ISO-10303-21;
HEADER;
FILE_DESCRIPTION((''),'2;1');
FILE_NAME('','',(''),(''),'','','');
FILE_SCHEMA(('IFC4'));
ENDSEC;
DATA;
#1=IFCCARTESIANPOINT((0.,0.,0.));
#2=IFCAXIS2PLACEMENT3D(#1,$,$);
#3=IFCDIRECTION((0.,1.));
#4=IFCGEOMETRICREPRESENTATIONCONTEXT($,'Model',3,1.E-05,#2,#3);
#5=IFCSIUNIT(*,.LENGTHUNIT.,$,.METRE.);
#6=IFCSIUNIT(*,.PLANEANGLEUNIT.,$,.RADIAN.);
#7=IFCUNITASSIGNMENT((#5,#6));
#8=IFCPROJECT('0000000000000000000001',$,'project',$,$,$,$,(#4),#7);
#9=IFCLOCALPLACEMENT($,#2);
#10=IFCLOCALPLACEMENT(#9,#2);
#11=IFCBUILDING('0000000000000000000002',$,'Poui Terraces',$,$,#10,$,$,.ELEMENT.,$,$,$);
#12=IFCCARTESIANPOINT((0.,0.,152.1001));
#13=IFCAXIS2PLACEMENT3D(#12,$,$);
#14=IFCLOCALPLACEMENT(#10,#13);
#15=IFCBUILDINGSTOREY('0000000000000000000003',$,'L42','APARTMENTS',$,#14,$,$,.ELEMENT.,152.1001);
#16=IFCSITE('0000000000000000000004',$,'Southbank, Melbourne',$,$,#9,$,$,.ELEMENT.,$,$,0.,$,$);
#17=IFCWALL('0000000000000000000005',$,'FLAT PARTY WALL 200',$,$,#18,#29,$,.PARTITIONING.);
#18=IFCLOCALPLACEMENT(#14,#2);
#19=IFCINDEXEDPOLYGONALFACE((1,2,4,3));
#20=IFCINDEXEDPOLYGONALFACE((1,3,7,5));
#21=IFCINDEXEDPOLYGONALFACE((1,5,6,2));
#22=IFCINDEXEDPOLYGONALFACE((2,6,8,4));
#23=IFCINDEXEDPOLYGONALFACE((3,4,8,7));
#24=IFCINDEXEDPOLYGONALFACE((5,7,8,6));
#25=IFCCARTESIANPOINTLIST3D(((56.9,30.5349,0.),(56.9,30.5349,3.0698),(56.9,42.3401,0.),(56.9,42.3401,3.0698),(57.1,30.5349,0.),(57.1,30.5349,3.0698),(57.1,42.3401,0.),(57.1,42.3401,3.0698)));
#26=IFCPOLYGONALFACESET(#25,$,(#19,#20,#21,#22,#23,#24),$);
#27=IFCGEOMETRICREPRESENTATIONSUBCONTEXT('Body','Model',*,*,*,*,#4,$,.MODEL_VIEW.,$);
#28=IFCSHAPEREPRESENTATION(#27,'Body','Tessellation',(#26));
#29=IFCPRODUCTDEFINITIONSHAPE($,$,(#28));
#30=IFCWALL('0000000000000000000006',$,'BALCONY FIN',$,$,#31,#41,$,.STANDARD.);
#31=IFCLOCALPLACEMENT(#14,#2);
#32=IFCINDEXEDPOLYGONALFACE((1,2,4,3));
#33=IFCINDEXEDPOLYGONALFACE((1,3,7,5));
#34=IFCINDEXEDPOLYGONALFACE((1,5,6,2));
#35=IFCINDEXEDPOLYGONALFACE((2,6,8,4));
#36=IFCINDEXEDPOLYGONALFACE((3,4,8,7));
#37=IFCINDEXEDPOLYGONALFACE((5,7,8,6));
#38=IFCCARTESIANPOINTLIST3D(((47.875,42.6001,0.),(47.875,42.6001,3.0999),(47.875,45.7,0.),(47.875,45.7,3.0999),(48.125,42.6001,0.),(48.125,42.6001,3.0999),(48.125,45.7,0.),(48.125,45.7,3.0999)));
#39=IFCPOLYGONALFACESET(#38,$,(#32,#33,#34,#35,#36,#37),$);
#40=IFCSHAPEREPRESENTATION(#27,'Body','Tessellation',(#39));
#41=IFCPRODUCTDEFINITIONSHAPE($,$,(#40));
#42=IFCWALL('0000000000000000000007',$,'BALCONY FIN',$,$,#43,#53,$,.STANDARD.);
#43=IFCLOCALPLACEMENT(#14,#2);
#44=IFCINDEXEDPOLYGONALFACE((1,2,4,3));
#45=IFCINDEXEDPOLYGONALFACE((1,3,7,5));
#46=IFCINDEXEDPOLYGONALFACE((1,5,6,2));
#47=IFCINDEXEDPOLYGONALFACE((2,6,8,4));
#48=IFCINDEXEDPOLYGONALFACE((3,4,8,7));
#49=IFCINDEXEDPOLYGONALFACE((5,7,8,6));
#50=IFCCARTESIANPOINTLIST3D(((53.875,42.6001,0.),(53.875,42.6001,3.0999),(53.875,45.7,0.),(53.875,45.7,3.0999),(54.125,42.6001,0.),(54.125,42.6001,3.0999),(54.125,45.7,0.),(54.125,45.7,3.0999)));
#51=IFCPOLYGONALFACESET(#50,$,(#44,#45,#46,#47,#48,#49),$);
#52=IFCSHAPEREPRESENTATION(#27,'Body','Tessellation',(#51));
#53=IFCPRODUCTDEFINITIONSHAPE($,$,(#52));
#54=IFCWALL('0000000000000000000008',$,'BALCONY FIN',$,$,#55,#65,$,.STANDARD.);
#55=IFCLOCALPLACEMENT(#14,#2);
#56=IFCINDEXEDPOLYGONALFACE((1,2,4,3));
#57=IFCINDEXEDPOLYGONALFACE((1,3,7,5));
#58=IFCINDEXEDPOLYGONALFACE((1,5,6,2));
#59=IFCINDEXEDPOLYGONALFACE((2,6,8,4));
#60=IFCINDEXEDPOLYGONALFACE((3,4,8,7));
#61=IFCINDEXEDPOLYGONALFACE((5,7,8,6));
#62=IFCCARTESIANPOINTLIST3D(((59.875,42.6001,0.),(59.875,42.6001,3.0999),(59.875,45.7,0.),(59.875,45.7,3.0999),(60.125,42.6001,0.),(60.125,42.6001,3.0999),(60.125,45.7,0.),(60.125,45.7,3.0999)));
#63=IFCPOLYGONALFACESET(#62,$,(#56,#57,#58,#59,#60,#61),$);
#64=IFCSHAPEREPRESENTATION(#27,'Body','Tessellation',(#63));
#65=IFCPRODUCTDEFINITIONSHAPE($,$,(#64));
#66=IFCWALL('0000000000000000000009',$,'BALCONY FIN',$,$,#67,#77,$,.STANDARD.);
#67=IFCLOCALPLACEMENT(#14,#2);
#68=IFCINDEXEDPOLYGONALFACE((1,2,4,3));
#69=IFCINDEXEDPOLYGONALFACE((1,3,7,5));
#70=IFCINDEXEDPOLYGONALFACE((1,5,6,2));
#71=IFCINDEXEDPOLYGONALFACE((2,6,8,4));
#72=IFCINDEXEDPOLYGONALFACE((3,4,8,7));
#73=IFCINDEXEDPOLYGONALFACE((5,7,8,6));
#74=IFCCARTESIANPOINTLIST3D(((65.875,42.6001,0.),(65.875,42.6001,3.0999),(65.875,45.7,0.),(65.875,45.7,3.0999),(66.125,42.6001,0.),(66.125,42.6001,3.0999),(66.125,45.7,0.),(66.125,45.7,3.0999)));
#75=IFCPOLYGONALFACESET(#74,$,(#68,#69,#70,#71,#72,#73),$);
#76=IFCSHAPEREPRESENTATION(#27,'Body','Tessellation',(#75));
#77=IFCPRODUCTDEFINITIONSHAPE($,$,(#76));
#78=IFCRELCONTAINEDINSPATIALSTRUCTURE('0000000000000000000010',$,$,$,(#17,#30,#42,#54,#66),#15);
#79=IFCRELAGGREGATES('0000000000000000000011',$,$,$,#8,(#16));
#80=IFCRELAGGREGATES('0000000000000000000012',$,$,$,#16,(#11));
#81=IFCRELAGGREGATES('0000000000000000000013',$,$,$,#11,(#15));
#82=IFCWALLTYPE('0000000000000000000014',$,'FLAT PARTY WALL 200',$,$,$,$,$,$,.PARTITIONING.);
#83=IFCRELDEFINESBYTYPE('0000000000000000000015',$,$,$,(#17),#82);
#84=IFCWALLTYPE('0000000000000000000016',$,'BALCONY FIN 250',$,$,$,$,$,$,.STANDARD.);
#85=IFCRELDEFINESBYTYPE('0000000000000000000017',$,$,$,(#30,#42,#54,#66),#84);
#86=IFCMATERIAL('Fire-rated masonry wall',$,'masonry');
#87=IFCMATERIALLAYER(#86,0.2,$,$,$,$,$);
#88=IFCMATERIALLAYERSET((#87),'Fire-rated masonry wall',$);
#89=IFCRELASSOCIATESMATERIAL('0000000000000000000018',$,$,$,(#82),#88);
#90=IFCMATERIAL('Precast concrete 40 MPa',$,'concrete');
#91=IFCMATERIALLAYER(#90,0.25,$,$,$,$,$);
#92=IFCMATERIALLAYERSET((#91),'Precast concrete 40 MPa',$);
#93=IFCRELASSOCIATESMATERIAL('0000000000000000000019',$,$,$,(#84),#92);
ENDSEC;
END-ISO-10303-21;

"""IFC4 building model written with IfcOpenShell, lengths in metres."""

from ifc_helpers import new_model, si_unit, direction, frame, frame_2d, origin, place, context, subcontext, project, spatial, polyline, rectangle, outline, extrude, source, transform, mapped, material, layer, layer_set, type_object, element, save


model = new_model("IFC4")

# Units and contexts
model_context = context("Model", 3, precision=1e-05, world=origin(), true_north=direction((0.0, 1.0)))
body_context = subcontext(model_context, "Body", "Model", "MODEL_VIEW")
ifc_project = project(units=[si_unit("LENGTHUNIT", "METRE"), si_unit("PLANEANGLEUNIT", "RADIAN")], contexts=[model_context])

# Site, building, storey
site_placement = place(None, origin())
site = spatial("IfcSite", under=ifc_project, at=site_placement, Name="Southbank, Melbourne", CompositionType="ELEMENT", RefElevation=0.0)
building_placement = place(site_placement, origin())
building = spatial("IfcBuilding", under=site, at=building_placement, Name="Poui Terraces", CompositionType="ELEMENT")
storey_placement = place(building_placement, frame((0.0, 0.0, 152.1001)))
storey = spatial("IfcBuildingStorey", under=building, at=storey_placement, Name="L42", Description="APARTMENTS", CompositionType="ELEMENT", Elevation=152.1001)

# Walls
ifc_material_1 = material(Name="Fire-rated masonry wall", Category="masonry")
ifc_layer_1 = layer(ifc_material_1, 0.2)
ifc_layer_set_1 = layer_set([ifc_layer_1], Name="Fire-rated masonry wall")
wall_type_1 = type_object("IfcWallType", Name="FLAT PARTY WALL 200", PredefinedType="PARTITIONING", material=ifc_layer_set_1)
wall_1_placement = place(storey_placement, frame((57.0, 30.5349, 0.0), z_axis=(0.0, 0.0, 1.0), x_axis=(0.0, 1.0, 0.0)))
element("IfcWall", 1, at=wall_1_placement, inside=storey, type_object=wall_type_1, Name="FLAT PARTY WALL 200", PredefinedType="PARTITIONING", context=body_context, shape_type="SweptSolid", body=[
    extrude(rectangle(XDim=11.8052, YDim=0.2, at=frame_2d((5.9026, 0.0))), origin(), (0.0, 0.0, 1.0), 3.0698),
])
ifc_material_2 = material(Name="Precast concrete 40 MPa", Category="concrete")
ifc_layer_2 = layer(ifc_material_2, 0.25)
ifc_layer_set_2 = layer_set([ifc_layer_2], Name="Precast concrete 40 MPa")
wall_type_2 = type_object("IfcWallType", Name="BALCONY FIN 250", PredefinedType="STANDARD", material=ifc_layer_set_2)
shared_shape_1 = source(origin(), body_context, "Body", "SweptSolid", [
    extrude(outline(polyline([(0.0, 0.0), (0.25, 0.0), (0.25, 3.0999), (0.0, 3.0999), (0.0, 0.0)])), origin(), (0.0, 0.0, 1.0), 3.0999),
])
for number, where, name in (
    (2, (47.875, 42.6001, 0.0), "BALCONY FIN"),
    (3, (53.875, 42.6001, 0.0), "BALCONY FIN"),
    (4, (59.875, 42.6001, 0.0), "BALCONY FIN"),
    (5, (65.875, 42.6001, 0.0), "BALCONY FIN"),
):
    element("IfcWall", number, at=place(storey_placement, frame(where)), inside=storey, type_object=wall_type_2, Name=name, PredefinedType="STANDARD", context=body_context, shape_type="MappedRepresentation", body=[
        mapped(shared_shape_1, transform((0.0, 0.0, 0.0))),
    ])

save(model, "model.ifc")
